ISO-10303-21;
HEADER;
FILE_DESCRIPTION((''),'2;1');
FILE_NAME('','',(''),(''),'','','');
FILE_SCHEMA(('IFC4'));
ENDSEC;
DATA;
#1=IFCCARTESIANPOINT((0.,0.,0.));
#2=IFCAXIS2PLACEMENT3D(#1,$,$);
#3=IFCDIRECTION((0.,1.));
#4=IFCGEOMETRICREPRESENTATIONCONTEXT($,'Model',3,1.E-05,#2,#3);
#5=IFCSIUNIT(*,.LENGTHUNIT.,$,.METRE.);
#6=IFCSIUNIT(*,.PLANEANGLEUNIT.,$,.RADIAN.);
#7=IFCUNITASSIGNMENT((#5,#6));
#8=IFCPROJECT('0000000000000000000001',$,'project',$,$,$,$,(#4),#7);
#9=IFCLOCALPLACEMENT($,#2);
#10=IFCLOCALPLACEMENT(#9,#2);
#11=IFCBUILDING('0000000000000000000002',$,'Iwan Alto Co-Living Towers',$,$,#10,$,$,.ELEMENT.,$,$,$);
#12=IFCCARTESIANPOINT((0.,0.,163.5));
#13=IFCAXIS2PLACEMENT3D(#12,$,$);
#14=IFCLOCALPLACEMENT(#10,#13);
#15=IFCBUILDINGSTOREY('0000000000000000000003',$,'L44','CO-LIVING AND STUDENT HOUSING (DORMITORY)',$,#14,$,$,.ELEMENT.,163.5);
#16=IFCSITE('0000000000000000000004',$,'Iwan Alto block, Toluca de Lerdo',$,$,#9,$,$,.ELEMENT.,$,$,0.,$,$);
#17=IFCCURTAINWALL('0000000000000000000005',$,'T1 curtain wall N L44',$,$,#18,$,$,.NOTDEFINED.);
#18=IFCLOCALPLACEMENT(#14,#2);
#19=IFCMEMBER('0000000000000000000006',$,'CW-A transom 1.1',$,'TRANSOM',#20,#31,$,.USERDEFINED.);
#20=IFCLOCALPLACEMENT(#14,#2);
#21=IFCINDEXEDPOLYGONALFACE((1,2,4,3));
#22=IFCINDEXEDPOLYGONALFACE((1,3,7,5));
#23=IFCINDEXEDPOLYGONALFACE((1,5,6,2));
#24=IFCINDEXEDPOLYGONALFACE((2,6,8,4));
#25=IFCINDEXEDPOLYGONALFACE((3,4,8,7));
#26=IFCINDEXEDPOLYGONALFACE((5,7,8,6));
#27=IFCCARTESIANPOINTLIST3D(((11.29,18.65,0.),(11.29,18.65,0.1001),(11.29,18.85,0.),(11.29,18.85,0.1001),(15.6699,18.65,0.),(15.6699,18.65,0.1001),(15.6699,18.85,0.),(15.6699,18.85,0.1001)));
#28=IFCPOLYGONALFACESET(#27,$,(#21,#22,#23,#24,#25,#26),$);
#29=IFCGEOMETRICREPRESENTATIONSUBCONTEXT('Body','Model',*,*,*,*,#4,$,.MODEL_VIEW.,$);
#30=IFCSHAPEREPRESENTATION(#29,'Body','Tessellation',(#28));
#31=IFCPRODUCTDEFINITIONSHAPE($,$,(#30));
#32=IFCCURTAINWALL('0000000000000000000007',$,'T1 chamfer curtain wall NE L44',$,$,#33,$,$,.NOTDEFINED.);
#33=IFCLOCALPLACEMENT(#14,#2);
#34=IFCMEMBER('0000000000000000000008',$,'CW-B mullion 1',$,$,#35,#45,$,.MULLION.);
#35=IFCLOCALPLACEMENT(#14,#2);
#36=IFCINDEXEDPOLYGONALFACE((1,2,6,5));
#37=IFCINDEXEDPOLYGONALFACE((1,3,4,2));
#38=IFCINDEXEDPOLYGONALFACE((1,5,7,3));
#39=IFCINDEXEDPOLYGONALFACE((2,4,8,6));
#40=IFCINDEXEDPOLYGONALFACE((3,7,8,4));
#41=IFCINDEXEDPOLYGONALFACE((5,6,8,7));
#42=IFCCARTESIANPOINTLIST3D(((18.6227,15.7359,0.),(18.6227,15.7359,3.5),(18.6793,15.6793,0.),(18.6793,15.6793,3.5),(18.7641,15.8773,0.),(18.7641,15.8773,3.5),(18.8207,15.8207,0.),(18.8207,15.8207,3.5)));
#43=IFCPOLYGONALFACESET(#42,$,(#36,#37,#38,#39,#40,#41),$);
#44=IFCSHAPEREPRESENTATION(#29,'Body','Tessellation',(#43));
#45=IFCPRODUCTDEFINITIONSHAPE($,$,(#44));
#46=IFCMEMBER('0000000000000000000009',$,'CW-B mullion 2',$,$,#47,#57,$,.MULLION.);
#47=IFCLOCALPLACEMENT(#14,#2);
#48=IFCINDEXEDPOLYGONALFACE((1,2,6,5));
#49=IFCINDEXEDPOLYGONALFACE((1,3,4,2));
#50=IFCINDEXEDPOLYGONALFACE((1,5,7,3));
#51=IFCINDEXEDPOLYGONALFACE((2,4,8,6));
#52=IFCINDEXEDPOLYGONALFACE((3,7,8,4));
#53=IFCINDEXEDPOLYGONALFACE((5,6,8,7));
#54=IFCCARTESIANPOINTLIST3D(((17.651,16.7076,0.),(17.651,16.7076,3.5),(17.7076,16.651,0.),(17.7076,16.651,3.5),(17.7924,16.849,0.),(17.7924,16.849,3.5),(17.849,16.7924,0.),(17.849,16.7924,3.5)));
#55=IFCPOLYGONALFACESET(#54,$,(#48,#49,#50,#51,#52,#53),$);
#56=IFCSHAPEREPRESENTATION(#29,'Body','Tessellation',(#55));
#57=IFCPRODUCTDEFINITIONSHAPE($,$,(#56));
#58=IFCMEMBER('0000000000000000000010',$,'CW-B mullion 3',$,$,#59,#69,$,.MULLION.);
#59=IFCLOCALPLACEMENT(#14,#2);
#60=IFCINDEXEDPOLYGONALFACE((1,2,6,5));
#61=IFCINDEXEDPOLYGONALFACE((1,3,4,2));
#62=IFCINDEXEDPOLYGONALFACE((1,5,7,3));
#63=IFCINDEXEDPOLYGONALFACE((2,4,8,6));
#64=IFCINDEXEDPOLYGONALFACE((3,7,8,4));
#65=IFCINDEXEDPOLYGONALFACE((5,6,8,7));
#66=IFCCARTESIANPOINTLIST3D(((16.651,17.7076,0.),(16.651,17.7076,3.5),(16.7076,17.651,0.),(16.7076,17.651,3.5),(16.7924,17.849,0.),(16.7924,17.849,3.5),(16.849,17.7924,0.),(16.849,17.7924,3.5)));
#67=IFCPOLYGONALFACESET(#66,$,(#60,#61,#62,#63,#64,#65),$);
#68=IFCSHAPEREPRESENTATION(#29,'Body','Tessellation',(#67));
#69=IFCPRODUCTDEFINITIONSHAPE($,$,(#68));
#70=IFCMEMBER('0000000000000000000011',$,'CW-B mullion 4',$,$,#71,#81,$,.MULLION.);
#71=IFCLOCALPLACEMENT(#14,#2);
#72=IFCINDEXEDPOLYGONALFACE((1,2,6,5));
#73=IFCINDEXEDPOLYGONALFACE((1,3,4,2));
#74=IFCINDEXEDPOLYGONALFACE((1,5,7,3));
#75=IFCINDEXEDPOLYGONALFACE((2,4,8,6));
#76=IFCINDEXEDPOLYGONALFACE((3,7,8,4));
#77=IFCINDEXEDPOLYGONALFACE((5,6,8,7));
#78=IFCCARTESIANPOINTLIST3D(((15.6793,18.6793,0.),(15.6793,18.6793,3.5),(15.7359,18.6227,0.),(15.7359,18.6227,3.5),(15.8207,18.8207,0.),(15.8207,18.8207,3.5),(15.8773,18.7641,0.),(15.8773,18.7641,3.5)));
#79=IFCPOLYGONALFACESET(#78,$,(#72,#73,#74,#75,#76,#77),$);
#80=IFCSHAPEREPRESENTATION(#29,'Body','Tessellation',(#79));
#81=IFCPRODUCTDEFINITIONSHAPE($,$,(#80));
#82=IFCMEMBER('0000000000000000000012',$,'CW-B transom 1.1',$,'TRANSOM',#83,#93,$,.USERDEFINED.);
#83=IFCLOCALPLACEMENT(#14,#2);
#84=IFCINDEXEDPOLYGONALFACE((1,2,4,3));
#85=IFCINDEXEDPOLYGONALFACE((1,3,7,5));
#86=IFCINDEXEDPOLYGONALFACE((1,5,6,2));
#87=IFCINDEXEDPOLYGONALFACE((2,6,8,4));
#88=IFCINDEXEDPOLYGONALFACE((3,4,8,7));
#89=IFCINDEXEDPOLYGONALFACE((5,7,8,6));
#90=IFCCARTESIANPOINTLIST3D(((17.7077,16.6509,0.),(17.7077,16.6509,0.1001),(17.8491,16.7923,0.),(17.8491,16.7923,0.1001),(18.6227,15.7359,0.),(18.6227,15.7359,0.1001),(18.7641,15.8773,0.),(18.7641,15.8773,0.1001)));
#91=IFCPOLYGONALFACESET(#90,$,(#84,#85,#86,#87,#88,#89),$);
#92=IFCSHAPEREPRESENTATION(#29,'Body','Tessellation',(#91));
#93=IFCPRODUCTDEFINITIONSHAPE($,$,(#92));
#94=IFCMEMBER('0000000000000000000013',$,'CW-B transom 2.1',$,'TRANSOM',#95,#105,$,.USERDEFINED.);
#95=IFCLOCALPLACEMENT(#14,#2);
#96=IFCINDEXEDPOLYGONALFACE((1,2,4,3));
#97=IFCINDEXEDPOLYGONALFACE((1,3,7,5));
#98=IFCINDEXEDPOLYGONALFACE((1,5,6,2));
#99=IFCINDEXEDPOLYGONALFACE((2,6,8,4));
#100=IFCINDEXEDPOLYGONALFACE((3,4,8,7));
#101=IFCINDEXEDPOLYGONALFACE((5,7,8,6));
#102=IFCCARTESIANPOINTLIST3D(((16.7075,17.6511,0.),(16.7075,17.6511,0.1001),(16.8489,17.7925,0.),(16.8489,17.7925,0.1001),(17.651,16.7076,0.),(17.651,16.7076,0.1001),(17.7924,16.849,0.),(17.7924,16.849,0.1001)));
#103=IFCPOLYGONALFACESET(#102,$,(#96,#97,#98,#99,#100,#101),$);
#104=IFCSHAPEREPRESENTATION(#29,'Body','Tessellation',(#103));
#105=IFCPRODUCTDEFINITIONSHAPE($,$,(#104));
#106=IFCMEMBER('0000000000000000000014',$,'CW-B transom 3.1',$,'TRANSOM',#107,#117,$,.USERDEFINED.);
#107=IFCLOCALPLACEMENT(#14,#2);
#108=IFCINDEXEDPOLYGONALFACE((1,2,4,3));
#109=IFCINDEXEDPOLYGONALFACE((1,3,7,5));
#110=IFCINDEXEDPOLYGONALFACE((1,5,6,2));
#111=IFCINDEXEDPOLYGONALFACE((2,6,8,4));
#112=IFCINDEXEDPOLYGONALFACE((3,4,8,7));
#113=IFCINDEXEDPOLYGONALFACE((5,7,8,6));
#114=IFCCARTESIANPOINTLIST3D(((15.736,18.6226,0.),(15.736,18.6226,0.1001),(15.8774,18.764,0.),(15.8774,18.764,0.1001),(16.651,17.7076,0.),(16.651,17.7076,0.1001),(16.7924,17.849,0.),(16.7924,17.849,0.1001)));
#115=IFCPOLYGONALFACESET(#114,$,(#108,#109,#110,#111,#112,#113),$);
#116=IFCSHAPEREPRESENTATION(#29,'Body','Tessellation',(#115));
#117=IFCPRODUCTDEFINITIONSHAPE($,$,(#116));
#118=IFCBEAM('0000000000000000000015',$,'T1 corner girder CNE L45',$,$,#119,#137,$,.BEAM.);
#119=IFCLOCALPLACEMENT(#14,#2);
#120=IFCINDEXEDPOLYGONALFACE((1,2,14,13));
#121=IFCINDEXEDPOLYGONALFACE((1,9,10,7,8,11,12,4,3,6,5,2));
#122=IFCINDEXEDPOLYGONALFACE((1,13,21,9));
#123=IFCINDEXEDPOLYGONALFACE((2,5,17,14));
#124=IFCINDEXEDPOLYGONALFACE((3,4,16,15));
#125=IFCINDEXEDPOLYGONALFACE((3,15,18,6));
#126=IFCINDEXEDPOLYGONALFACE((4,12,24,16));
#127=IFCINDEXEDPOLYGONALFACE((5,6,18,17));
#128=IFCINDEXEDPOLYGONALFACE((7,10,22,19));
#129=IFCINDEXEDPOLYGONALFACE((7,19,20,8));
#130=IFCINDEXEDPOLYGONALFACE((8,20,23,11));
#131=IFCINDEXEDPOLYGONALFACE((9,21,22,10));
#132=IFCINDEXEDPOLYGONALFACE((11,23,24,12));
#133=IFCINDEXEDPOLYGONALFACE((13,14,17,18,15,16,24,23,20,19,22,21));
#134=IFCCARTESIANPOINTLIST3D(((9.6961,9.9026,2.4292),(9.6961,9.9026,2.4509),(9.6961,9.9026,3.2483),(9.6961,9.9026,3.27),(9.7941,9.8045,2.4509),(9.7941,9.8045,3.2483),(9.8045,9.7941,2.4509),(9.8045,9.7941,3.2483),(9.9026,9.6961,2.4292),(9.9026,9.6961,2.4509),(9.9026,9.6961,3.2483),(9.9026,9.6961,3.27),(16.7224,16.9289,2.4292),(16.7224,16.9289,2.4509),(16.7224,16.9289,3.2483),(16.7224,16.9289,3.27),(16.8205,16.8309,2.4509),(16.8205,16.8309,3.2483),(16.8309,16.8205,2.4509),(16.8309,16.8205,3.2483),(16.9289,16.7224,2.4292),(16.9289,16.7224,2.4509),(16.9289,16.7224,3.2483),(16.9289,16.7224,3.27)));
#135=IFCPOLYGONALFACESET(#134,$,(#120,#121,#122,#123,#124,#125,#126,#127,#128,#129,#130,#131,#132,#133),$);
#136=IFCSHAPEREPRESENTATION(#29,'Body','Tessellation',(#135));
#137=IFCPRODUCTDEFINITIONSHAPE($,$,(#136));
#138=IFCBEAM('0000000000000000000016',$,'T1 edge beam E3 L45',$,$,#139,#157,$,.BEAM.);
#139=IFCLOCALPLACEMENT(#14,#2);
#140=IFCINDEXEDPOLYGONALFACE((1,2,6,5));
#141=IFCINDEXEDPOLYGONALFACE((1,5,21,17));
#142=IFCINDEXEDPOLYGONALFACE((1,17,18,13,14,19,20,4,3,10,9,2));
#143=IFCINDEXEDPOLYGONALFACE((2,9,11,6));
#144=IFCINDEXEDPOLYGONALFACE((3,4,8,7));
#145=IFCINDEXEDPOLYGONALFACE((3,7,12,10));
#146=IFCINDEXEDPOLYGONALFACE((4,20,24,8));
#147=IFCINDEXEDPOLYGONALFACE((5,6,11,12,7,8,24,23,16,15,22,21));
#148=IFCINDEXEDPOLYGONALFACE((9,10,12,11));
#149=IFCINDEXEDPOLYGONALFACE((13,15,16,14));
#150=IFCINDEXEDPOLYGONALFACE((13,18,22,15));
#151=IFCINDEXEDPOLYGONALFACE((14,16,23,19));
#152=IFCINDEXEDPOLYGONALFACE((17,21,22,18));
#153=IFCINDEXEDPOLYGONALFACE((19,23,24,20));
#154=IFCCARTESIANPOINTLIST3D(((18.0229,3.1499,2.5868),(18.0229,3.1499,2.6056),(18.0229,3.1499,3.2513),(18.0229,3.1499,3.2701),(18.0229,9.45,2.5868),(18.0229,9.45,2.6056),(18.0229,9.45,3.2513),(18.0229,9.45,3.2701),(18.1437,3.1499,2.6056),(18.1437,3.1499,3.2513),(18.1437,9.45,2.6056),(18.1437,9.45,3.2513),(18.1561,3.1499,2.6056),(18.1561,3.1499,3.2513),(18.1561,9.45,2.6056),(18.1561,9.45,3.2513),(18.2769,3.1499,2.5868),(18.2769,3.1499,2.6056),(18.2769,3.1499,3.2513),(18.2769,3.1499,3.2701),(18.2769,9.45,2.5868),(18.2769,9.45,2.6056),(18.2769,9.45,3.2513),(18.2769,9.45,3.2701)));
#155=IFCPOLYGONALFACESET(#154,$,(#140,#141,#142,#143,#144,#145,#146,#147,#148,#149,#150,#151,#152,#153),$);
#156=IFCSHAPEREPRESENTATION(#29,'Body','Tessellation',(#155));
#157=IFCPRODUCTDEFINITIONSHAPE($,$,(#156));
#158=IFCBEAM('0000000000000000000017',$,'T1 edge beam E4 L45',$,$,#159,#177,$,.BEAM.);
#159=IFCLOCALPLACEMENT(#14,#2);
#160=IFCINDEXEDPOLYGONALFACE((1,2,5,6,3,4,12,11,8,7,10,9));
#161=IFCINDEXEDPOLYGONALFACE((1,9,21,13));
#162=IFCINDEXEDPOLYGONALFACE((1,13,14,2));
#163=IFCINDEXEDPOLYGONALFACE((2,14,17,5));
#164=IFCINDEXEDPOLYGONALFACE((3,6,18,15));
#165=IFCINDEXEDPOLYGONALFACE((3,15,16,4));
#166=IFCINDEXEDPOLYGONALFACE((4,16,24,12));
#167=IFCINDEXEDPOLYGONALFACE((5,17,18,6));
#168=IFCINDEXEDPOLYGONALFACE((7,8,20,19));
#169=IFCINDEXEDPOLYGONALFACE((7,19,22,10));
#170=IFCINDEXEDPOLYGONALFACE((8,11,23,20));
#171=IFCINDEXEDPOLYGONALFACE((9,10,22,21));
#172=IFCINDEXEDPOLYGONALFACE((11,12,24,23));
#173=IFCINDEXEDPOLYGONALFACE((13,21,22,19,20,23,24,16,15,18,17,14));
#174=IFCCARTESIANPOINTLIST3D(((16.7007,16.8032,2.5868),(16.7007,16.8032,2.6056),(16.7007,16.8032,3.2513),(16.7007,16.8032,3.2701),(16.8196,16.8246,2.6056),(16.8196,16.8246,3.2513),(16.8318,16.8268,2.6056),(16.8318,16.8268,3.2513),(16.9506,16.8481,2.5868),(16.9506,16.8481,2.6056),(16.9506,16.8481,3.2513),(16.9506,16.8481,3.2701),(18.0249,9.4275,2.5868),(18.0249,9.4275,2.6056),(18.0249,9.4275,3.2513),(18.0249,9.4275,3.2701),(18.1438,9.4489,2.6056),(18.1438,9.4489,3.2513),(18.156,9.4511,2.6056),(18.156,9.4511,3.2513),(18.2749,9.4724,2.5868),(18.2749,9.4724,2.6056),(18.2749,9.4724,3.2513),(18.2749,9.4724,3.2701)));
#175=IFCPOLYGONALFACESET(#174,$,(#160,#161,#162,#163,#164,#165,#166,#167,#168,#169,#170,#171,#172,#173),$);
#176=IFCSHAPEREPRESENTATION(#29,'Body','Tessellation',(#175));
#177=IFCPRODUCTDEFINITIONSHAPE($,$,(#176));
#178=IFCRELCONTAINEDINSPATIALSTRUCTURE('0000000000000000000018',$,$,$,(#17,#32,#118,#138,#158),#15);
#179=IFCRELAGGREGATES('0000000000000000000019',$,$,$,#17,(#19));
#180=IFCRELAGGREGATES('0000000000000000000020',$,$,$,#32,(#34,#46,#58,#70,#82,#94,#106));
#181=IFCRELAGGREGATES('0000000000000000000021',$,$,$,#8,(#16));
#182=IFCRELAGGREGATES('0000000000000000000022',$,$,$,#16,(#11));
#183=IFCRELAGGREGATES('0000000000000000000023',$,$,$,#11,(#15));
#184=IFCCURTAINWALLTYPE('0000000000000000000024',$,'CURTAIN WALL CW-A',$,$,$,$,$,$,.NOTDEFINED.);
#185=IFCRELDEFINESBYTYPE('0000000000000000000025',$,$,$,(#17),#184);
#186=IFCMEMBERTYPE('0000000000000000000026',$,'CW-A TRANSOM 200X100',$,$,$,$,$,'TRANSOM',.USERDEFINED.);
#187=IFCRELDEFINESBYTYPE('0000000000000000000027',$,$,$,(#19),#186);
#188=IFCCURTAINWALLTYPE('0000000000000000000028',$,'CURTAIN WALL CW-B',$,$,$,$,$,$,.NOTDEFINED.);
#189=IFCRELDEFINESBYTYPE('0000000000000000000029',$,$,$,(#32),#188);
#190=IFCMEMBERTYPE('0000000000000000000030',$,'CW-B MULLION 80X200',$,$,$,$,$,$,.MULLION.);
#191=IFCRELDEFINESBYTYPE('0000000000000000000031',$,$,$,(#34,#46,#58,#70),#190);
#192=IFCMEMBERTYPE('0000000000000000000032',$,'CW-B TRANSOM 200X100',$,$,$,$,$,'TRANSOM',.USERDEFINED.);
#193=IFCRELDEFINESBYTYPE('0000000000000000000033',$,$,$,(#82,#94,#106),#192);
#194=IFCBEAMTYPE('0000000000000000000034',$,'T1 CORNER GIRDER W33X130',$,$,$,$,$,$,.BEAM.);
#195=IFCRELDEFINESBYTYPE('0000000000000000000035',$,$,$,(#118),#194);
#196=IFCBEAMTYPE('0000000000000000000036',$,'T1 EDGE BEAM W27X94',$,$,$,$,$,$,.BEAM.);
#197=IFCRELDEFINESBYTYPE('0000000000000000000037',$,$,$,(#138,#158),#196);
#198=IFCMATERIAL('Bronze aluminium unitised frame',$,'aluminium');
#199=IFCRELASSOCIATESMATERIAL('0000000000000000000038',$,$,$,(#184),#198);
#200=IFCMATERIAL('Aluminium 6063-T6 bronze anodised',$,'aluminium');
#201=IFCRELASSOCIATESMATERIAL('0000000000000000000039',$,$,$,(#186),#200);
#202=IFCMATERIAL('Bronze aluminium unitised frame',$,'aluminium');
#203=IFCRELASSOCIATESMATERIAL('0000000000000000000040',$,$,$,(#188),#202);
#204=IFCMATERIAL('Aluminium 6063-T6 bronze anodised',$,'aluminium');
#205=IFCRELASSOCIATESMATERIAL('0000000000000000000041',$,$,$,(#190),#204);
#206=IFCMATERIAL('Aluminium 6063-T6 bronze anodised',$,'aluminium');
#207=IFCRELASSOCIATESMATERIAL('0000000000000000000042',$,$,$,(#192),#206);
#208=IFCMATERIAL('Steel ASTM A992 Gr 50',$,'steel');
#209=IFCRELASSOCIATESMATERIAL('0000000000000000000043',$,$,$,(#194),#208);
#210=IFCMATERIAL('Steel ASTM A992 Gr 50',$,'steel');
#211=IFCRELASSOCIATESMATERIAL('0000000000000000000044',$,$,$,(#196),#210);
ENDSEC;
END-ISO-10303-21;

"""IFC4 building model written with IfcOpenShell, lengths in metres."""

from ifc_helpers import new_model, si_unit, direction, frame, origin, origin_2d, place, context, subcontext, project, spatial, rectangle, i_section, extrude, material, material_profile, profile_set, type_object, element, aggregate, save


model = new_model("IFC4")

# Units and contexts
model_context = context("Model", 3, precision=1e-05, world=origin(), true_north=direction((0.0, 1.0)))
body_context = subcontext(model_context, "Body", "Model", "MODEL_VIEW")
ifc_project = project(units=[si_unit("LENGTHUNIT", "METRE"), si_unit("PLANEANGLEUNIT", "RADIAN")], contexts=[model_context])

# Site, building, storey
site_placement = place(None, origin())
site = spatial("IfcSite", under=ifc_project, at=site_placement, Name="Iwan Alto block, Toluca de Lerdo", CompositionType="ELEMENT", RefElevation=0.0)
building_placement = place(site_placement, origin())
building = spatial("IfcBuilding", under=site, at=building_placement, Name="Iwan Alto Co-Living Towers", CompositionType="ELEMENT")
storey_placement = place(building_placement, frame((0.0, 0.0, 163.5)))
storey = spatial("IfcBuildingStorey", under=building, at=storey_placement, Name="L44", Description="CO-LIVING AND STUDENT HOUSING (DORMITORY)", CompositionType="ELEMENT", Elevation=163.5)

# Shared definitions
ifc_material_1 = material(Name="Bronze aluminium unitised frame", Category="aluminium")
curtain_wall_type_1 = type_object("IfcCurtainWallType", Name="CURTAIN WALL CW-A", PredefinedType="NOTDEFINED", material=ifc_material_1)

# Curtain wall
curtain_wall_1_placement = place(storey_placement, origin())
curtain_wall_1 = element("IfcCurtainWall", 1, at=curtain_wall_1_placement, inside=storey, type_object=curtain_wall_type_1, Name="T1 curtain wall N L44", PredefinedType="NOTDEFINED")

# Member
ifc_material_2 = material(Name="Aluminium 6063-T6 bronze anodised", Category="aluminium")
ifc_material_profile_1 = material_profile(ifc_material_2, rectangle(XDim=0.2, YDim=0.1001, at=origin_2d()), Name="AL 200X100")
ifc_profile_set_1 = profile_set([ifc_material_profile_1], Name="Aluminium 6063-T6 bronze anodised")
member_type_1 = type_object("IfcMemberType", Name="CW-A TRANSOM 200X100", ElementType="TRANSOM", PredefinedType="USERDEFINED", material=ifc_profile_set_1)
member_1_placement = place(storey_placement, frame((15.6699, 18.75, 0.05), z_axis=(-1.0, 0.0, 0.0), x_axis=(0.0, -1.0, 0.0)))
member_1 = element("IfcMember", 2, at=member_1_placement, type_object=member_type_1, Name="CW-A transom 1.1", ObjectType="TRANSOM", PredefinedType="USERDEFINED", context=body_context, shape_type="SweptSolid", body=[
    extrude(rectangle(XDim=0.2, YDim=0.1001, at=origin_2d()), origin(), (0.0, 0.0, 1.0), 4.3799),
])

# Curtain wall, members
ifc_material_3 = material(Name="Bronze aluminium unitised frame", Category="aluminium")
curtain_wall_type_2 = type_object("IfcCurtainWallType", Name="CURTAIN WALL CW-B", PredefinedType="NOTDEFINED", material=ifc_material_3)
curtain_wall_2_placement = place(storey_placement, origin())
curtain_wall_2 = element("IfcCurtainWall", 3, at=curtain_wall_2_placement, inside=storey, type_object=curtain_wall_type_2, Name="T1 chamfer curtain wall NE L44", PredefinedType="NOTDEFINED")
ifc_material_4 = material(Name="Aluminium 6063-T6 bronze anodised", Category="aluminium")
ifc_material_profile_2 = material_profile(ifc_material_4, rectangle(XDim=0.2, YDim=0.0801, at=origin_2d()), Name="AL 80X200")
ifc_profile_set_2 = profile_set([ifc_material_profile_2], Name="Aluminium 6063-T6 bronze anodised")
member_type_2 = type_object("IfcMemberType", Name="CW-B MULLION 80X200", PredefinedType="MULLION", material=ifc_profile_set_2)
member_2_placement = place(storey_placement, frame((18.7217, 15.7783, 0.0), z_axis=(0.0, 0.0, 1.0), x_axis=(-0.707107, -0.707107, 0.0)))
member_2 = element("IfcMember", 4, at=member_2_placement, type_object=member_type_2, Name="CW-B mullion 1", PredefinedType="MULLION", context=body_context, shape_type="SweptSolid", body=[
    extrude(rectangle(XDim=0.2, YDim=0.0801, at=origin_2d()), origin(), (0.0, 0.0, 1.0), 3.5),
])
member_3_placement = place(storey_placement, frame((17.75, 16.75, 0.0), z_axis=(0.0, 0.0, 1.0), x_axis=(-0.707107, -0.707107, 0.0)))
member_3 = element("IfcMember", 5, at=member_3_placement, type_object=member_type_2, Name="CW-B mullion 2", PredefinedType="MULLION", context=body_context, shape_type="SweptSolid", body=[
    extrude(rectangle(XDim=0.2, YDim=0.0801, at=origin_2d()), origin(), (0.0, 0.0, 1.0), 3.5),
])
member_4_placement = place(storey_placement, frame((16.75, 17.75, 0.0), z_axis=(0.0, 0.0, 1.0), x_axis=(-0.707107, -0.707107, 0.0)))
member_4 = element("IfcMember", 6, at=member_4_placement, type_object=member_type_2, Name="CW-B mullion 3", PredefinedType="MULLION", context=body_context, shape_type="SweptSolid", body=[
    extrude(rectangle(XDim=0.2, YDim=0.0801, at=origin_2d()), origin(), (0.0, 0.0, 1.0), 3.5),
])
member_5_placement = place(storey_placement, frame((15.7783, 18.7217, 0.0), z_axis=(0.0, 0.0, 1.0), x_axis=(-0.707107, -0.707107, 0.0)))
member_5 = element("IfcMember", 7, at=member_5_placement, type_object=member_type_2, Name="CW-B mullion 4", PredefinedType="MULLION", context=body_context, shape_type="SweptSolid", body=[
    extrude(rectangle(XDim=0.2, YDim=0.0801, at=origin_2d()), origin(), (0.0, 0.0, 1.0), 3.5),
])
ifc_material_5 = material(Name="Aluminium 6063-T6 bronze anodised", Category="aluminium")
ifc_material_profile_3 = material_profile(ifc_material_5, rectangle(XDim=0.2, YDim=0.1001, at=origin_2d()), Name="AL 200X100")
ifc_profile_set_3 = profile_set([ifc_material_profile_3], Name="Aluminium 6063-T6 bronze anodised")
member_type_3 = type_object("IfcMemberType", Name="CW-B TRANSOM 200X100", ElementType="TRANSOM", PredefinedType="USERDEFINED", material=ifc_profile_set_3)
member_6_placement = place(storey_placement, frame((18.6934, 15.8066, 0.05), z_axis=(-0.707107, 0.707107, 0.0), x_axis=(-0.707107, -0.707107, 0.0)))
member_6 = element("IfcMember", 8, at=member_6_placement, type_object=member_type_3, Name="CW-B transom 1.1", ObjectType="TRANSOM", PredefinedType="USERDEFINED", context=body_context, shape_type="SweptSolid", body=[
    extrude(rectangle(XDim=0.2, YDim=0.1001, at=origin_2d()), origin(), (0.0, 0.0, 1.0), 1.2939),
])
member_7_placement = place(storey_placement, frame((17.7217, 16.7783, 0.05), z_axis=(-0.707107, 0.707107, 0.0), x_axis=(-0.707107, -0.707107, 0.0)))
member_7 = element("IfcMember", 9, at=member_7_placement, type_object=member_type_3, Name="CW-B transom 2.1", ObjectType="TRANSOM", PredefinedType="USERDEFINED", context=body_context, shape_type="SweptSolid", body=[
    extrude(rectangle(XDim=0.2, YDim=0.1001, at=origin_2d()), origin(), (0.0, 0.0, 1.0), 1.3342),
])
member_8_placement = place(storey_placement, frame((16.7217, 17.7783, 0.05), z_axis=(-0.707107, 0.707107, 0.0), x_axis=(-0.707107, -0.707107, 0.0)))
member_8 = element("IfcMember", 10, at=member_8_placement, type_object=member_type_3, Name="CW-B transom 3.1", ObjectType="TRANSOM", PredefinedType="USERDEFINED", context=body_context, shape_type="SweptSolid", body=[
    extrude(rectangle(XDim=0.2, YDim=0.1001, at=origin_2d()), origin(), (0.0, 0.0, 1.0), 1.2939),
])

# Beams
ifc_material_6 = material(Name="Steel ASTM A992 Gr 50", Category="steel")
ifc_material_profile_4 = material_profile(ifc_material_6, i_section(OverallWidth=0.292, OverallDepth=0.8408, WebThickness=0.0146, FlangeThickness=0.0217, at=origin_2d()), Name="W33X130")
ifc_profile_set_4 = profile_set([ifc_material_profile_4], Name="Steel ASTM A992 Gr 50")
beam_type_1 = type_object("IfcBeamType", Name="T1 CORNER GIRDER W33X130", PredefinedType="BEAM", material=ifc_profile_set_4)
beam_1_placement = place(storey_placement, frame((16.8257, 16.8257, 2.8496), z_axis=(-0.707107, -0.707107, 0.0), x_axis=(0.707107, -0.707107, 0.0)))
element("IfcBeam", 11, at=beam_1_placement, inside=storey, type_object=beam_type_1, Name="T1 corner girder CNE L45", PredefinedType="BEAM", context=body_context, shape_type="SweptSolid", body=[
    extrude(i_section(OverallWidth=0.292, OverallDepth=0.8408, WebThickness=0.0146, FlangeThickness=0.0217, at=origin_2d()), origin(), (0.0, 0.0, 1.0), 9.9368),
])
ifc_material_7 = material(Name="Steel ASTM A992 Gr 50", Category="steel")
ifc_material_profile_5 = material_profile(ifc_material_7, i_section(OverallWidth=0.2539, OverallDepth=0.6833, WebThickness=0.0125, FlangeThickness=0.0188, at=origin_2d()), Name="W27X94")
ifc_profile_set_5 = profile_set([ifc_material_profile_5], Name="Steel ASTM A992 Gr 50")
beam_type_2 = type_object("IfcBeamType", Name="T1 EDGE BEAM W27X94", PredefinedType="BEAM", material=ifc_profile_set_5)
beam_2_placement = place(storey_placement, frame((18.1499, 3.1499, 2.9285), z_axis=(0.0, 1.0, 0.0), x_axis=(-1.0, 0.0, 0.0)))
element("IfcBeam", 12, at=beam_2_placement, inside=storey, type_object=beam_type_2, Name="T1 edge beam E3 L45", PredefinedType="BEAM", context=body_context, shape_type="SweptSolid", body=[
    extrude(i_section(OverallWidth=0.2539, OverallDepth=0.6833, WebThickness=0.0125, FlangeThickness=0.0188, at=origin_2d()), origin(), (0.0, 0.0, 1.0), 6.3),
])
for number, where, z_axis, x_axis, name in (
    (13, (18.1499, 9.45, 2.9285), (-0.176712, 0.984263, 0.0), (-0.984263, -0.176712, 0.0), "T1 edge beam E4 L45"),
):
    element("IfcBeam", number, at=place(storey_placement, frame(where, z_axis=z_axis, x_axis=x_axis)), inside=storey, type_object=beam_type_2, Name=name, PredefinedType="BEAM", context=body_context, shape_type="SweptSolid", body=[
        extrude(i_section(OverallWidth=0.2539, OverallDepth=0.6833, WebThickness=0.0125, FlangeThickness=0.0188, at=origin_2d()), origin(), (0.0, 0.0, 1.0), 7.4937),
    ])

aggregate(curtain_wall_1, [member_1])
aggregate(curtain_wall_2, [member_2, member_3, member_4, member_5, member_6, member_7, member_8])

save(model, "model.ifc")
